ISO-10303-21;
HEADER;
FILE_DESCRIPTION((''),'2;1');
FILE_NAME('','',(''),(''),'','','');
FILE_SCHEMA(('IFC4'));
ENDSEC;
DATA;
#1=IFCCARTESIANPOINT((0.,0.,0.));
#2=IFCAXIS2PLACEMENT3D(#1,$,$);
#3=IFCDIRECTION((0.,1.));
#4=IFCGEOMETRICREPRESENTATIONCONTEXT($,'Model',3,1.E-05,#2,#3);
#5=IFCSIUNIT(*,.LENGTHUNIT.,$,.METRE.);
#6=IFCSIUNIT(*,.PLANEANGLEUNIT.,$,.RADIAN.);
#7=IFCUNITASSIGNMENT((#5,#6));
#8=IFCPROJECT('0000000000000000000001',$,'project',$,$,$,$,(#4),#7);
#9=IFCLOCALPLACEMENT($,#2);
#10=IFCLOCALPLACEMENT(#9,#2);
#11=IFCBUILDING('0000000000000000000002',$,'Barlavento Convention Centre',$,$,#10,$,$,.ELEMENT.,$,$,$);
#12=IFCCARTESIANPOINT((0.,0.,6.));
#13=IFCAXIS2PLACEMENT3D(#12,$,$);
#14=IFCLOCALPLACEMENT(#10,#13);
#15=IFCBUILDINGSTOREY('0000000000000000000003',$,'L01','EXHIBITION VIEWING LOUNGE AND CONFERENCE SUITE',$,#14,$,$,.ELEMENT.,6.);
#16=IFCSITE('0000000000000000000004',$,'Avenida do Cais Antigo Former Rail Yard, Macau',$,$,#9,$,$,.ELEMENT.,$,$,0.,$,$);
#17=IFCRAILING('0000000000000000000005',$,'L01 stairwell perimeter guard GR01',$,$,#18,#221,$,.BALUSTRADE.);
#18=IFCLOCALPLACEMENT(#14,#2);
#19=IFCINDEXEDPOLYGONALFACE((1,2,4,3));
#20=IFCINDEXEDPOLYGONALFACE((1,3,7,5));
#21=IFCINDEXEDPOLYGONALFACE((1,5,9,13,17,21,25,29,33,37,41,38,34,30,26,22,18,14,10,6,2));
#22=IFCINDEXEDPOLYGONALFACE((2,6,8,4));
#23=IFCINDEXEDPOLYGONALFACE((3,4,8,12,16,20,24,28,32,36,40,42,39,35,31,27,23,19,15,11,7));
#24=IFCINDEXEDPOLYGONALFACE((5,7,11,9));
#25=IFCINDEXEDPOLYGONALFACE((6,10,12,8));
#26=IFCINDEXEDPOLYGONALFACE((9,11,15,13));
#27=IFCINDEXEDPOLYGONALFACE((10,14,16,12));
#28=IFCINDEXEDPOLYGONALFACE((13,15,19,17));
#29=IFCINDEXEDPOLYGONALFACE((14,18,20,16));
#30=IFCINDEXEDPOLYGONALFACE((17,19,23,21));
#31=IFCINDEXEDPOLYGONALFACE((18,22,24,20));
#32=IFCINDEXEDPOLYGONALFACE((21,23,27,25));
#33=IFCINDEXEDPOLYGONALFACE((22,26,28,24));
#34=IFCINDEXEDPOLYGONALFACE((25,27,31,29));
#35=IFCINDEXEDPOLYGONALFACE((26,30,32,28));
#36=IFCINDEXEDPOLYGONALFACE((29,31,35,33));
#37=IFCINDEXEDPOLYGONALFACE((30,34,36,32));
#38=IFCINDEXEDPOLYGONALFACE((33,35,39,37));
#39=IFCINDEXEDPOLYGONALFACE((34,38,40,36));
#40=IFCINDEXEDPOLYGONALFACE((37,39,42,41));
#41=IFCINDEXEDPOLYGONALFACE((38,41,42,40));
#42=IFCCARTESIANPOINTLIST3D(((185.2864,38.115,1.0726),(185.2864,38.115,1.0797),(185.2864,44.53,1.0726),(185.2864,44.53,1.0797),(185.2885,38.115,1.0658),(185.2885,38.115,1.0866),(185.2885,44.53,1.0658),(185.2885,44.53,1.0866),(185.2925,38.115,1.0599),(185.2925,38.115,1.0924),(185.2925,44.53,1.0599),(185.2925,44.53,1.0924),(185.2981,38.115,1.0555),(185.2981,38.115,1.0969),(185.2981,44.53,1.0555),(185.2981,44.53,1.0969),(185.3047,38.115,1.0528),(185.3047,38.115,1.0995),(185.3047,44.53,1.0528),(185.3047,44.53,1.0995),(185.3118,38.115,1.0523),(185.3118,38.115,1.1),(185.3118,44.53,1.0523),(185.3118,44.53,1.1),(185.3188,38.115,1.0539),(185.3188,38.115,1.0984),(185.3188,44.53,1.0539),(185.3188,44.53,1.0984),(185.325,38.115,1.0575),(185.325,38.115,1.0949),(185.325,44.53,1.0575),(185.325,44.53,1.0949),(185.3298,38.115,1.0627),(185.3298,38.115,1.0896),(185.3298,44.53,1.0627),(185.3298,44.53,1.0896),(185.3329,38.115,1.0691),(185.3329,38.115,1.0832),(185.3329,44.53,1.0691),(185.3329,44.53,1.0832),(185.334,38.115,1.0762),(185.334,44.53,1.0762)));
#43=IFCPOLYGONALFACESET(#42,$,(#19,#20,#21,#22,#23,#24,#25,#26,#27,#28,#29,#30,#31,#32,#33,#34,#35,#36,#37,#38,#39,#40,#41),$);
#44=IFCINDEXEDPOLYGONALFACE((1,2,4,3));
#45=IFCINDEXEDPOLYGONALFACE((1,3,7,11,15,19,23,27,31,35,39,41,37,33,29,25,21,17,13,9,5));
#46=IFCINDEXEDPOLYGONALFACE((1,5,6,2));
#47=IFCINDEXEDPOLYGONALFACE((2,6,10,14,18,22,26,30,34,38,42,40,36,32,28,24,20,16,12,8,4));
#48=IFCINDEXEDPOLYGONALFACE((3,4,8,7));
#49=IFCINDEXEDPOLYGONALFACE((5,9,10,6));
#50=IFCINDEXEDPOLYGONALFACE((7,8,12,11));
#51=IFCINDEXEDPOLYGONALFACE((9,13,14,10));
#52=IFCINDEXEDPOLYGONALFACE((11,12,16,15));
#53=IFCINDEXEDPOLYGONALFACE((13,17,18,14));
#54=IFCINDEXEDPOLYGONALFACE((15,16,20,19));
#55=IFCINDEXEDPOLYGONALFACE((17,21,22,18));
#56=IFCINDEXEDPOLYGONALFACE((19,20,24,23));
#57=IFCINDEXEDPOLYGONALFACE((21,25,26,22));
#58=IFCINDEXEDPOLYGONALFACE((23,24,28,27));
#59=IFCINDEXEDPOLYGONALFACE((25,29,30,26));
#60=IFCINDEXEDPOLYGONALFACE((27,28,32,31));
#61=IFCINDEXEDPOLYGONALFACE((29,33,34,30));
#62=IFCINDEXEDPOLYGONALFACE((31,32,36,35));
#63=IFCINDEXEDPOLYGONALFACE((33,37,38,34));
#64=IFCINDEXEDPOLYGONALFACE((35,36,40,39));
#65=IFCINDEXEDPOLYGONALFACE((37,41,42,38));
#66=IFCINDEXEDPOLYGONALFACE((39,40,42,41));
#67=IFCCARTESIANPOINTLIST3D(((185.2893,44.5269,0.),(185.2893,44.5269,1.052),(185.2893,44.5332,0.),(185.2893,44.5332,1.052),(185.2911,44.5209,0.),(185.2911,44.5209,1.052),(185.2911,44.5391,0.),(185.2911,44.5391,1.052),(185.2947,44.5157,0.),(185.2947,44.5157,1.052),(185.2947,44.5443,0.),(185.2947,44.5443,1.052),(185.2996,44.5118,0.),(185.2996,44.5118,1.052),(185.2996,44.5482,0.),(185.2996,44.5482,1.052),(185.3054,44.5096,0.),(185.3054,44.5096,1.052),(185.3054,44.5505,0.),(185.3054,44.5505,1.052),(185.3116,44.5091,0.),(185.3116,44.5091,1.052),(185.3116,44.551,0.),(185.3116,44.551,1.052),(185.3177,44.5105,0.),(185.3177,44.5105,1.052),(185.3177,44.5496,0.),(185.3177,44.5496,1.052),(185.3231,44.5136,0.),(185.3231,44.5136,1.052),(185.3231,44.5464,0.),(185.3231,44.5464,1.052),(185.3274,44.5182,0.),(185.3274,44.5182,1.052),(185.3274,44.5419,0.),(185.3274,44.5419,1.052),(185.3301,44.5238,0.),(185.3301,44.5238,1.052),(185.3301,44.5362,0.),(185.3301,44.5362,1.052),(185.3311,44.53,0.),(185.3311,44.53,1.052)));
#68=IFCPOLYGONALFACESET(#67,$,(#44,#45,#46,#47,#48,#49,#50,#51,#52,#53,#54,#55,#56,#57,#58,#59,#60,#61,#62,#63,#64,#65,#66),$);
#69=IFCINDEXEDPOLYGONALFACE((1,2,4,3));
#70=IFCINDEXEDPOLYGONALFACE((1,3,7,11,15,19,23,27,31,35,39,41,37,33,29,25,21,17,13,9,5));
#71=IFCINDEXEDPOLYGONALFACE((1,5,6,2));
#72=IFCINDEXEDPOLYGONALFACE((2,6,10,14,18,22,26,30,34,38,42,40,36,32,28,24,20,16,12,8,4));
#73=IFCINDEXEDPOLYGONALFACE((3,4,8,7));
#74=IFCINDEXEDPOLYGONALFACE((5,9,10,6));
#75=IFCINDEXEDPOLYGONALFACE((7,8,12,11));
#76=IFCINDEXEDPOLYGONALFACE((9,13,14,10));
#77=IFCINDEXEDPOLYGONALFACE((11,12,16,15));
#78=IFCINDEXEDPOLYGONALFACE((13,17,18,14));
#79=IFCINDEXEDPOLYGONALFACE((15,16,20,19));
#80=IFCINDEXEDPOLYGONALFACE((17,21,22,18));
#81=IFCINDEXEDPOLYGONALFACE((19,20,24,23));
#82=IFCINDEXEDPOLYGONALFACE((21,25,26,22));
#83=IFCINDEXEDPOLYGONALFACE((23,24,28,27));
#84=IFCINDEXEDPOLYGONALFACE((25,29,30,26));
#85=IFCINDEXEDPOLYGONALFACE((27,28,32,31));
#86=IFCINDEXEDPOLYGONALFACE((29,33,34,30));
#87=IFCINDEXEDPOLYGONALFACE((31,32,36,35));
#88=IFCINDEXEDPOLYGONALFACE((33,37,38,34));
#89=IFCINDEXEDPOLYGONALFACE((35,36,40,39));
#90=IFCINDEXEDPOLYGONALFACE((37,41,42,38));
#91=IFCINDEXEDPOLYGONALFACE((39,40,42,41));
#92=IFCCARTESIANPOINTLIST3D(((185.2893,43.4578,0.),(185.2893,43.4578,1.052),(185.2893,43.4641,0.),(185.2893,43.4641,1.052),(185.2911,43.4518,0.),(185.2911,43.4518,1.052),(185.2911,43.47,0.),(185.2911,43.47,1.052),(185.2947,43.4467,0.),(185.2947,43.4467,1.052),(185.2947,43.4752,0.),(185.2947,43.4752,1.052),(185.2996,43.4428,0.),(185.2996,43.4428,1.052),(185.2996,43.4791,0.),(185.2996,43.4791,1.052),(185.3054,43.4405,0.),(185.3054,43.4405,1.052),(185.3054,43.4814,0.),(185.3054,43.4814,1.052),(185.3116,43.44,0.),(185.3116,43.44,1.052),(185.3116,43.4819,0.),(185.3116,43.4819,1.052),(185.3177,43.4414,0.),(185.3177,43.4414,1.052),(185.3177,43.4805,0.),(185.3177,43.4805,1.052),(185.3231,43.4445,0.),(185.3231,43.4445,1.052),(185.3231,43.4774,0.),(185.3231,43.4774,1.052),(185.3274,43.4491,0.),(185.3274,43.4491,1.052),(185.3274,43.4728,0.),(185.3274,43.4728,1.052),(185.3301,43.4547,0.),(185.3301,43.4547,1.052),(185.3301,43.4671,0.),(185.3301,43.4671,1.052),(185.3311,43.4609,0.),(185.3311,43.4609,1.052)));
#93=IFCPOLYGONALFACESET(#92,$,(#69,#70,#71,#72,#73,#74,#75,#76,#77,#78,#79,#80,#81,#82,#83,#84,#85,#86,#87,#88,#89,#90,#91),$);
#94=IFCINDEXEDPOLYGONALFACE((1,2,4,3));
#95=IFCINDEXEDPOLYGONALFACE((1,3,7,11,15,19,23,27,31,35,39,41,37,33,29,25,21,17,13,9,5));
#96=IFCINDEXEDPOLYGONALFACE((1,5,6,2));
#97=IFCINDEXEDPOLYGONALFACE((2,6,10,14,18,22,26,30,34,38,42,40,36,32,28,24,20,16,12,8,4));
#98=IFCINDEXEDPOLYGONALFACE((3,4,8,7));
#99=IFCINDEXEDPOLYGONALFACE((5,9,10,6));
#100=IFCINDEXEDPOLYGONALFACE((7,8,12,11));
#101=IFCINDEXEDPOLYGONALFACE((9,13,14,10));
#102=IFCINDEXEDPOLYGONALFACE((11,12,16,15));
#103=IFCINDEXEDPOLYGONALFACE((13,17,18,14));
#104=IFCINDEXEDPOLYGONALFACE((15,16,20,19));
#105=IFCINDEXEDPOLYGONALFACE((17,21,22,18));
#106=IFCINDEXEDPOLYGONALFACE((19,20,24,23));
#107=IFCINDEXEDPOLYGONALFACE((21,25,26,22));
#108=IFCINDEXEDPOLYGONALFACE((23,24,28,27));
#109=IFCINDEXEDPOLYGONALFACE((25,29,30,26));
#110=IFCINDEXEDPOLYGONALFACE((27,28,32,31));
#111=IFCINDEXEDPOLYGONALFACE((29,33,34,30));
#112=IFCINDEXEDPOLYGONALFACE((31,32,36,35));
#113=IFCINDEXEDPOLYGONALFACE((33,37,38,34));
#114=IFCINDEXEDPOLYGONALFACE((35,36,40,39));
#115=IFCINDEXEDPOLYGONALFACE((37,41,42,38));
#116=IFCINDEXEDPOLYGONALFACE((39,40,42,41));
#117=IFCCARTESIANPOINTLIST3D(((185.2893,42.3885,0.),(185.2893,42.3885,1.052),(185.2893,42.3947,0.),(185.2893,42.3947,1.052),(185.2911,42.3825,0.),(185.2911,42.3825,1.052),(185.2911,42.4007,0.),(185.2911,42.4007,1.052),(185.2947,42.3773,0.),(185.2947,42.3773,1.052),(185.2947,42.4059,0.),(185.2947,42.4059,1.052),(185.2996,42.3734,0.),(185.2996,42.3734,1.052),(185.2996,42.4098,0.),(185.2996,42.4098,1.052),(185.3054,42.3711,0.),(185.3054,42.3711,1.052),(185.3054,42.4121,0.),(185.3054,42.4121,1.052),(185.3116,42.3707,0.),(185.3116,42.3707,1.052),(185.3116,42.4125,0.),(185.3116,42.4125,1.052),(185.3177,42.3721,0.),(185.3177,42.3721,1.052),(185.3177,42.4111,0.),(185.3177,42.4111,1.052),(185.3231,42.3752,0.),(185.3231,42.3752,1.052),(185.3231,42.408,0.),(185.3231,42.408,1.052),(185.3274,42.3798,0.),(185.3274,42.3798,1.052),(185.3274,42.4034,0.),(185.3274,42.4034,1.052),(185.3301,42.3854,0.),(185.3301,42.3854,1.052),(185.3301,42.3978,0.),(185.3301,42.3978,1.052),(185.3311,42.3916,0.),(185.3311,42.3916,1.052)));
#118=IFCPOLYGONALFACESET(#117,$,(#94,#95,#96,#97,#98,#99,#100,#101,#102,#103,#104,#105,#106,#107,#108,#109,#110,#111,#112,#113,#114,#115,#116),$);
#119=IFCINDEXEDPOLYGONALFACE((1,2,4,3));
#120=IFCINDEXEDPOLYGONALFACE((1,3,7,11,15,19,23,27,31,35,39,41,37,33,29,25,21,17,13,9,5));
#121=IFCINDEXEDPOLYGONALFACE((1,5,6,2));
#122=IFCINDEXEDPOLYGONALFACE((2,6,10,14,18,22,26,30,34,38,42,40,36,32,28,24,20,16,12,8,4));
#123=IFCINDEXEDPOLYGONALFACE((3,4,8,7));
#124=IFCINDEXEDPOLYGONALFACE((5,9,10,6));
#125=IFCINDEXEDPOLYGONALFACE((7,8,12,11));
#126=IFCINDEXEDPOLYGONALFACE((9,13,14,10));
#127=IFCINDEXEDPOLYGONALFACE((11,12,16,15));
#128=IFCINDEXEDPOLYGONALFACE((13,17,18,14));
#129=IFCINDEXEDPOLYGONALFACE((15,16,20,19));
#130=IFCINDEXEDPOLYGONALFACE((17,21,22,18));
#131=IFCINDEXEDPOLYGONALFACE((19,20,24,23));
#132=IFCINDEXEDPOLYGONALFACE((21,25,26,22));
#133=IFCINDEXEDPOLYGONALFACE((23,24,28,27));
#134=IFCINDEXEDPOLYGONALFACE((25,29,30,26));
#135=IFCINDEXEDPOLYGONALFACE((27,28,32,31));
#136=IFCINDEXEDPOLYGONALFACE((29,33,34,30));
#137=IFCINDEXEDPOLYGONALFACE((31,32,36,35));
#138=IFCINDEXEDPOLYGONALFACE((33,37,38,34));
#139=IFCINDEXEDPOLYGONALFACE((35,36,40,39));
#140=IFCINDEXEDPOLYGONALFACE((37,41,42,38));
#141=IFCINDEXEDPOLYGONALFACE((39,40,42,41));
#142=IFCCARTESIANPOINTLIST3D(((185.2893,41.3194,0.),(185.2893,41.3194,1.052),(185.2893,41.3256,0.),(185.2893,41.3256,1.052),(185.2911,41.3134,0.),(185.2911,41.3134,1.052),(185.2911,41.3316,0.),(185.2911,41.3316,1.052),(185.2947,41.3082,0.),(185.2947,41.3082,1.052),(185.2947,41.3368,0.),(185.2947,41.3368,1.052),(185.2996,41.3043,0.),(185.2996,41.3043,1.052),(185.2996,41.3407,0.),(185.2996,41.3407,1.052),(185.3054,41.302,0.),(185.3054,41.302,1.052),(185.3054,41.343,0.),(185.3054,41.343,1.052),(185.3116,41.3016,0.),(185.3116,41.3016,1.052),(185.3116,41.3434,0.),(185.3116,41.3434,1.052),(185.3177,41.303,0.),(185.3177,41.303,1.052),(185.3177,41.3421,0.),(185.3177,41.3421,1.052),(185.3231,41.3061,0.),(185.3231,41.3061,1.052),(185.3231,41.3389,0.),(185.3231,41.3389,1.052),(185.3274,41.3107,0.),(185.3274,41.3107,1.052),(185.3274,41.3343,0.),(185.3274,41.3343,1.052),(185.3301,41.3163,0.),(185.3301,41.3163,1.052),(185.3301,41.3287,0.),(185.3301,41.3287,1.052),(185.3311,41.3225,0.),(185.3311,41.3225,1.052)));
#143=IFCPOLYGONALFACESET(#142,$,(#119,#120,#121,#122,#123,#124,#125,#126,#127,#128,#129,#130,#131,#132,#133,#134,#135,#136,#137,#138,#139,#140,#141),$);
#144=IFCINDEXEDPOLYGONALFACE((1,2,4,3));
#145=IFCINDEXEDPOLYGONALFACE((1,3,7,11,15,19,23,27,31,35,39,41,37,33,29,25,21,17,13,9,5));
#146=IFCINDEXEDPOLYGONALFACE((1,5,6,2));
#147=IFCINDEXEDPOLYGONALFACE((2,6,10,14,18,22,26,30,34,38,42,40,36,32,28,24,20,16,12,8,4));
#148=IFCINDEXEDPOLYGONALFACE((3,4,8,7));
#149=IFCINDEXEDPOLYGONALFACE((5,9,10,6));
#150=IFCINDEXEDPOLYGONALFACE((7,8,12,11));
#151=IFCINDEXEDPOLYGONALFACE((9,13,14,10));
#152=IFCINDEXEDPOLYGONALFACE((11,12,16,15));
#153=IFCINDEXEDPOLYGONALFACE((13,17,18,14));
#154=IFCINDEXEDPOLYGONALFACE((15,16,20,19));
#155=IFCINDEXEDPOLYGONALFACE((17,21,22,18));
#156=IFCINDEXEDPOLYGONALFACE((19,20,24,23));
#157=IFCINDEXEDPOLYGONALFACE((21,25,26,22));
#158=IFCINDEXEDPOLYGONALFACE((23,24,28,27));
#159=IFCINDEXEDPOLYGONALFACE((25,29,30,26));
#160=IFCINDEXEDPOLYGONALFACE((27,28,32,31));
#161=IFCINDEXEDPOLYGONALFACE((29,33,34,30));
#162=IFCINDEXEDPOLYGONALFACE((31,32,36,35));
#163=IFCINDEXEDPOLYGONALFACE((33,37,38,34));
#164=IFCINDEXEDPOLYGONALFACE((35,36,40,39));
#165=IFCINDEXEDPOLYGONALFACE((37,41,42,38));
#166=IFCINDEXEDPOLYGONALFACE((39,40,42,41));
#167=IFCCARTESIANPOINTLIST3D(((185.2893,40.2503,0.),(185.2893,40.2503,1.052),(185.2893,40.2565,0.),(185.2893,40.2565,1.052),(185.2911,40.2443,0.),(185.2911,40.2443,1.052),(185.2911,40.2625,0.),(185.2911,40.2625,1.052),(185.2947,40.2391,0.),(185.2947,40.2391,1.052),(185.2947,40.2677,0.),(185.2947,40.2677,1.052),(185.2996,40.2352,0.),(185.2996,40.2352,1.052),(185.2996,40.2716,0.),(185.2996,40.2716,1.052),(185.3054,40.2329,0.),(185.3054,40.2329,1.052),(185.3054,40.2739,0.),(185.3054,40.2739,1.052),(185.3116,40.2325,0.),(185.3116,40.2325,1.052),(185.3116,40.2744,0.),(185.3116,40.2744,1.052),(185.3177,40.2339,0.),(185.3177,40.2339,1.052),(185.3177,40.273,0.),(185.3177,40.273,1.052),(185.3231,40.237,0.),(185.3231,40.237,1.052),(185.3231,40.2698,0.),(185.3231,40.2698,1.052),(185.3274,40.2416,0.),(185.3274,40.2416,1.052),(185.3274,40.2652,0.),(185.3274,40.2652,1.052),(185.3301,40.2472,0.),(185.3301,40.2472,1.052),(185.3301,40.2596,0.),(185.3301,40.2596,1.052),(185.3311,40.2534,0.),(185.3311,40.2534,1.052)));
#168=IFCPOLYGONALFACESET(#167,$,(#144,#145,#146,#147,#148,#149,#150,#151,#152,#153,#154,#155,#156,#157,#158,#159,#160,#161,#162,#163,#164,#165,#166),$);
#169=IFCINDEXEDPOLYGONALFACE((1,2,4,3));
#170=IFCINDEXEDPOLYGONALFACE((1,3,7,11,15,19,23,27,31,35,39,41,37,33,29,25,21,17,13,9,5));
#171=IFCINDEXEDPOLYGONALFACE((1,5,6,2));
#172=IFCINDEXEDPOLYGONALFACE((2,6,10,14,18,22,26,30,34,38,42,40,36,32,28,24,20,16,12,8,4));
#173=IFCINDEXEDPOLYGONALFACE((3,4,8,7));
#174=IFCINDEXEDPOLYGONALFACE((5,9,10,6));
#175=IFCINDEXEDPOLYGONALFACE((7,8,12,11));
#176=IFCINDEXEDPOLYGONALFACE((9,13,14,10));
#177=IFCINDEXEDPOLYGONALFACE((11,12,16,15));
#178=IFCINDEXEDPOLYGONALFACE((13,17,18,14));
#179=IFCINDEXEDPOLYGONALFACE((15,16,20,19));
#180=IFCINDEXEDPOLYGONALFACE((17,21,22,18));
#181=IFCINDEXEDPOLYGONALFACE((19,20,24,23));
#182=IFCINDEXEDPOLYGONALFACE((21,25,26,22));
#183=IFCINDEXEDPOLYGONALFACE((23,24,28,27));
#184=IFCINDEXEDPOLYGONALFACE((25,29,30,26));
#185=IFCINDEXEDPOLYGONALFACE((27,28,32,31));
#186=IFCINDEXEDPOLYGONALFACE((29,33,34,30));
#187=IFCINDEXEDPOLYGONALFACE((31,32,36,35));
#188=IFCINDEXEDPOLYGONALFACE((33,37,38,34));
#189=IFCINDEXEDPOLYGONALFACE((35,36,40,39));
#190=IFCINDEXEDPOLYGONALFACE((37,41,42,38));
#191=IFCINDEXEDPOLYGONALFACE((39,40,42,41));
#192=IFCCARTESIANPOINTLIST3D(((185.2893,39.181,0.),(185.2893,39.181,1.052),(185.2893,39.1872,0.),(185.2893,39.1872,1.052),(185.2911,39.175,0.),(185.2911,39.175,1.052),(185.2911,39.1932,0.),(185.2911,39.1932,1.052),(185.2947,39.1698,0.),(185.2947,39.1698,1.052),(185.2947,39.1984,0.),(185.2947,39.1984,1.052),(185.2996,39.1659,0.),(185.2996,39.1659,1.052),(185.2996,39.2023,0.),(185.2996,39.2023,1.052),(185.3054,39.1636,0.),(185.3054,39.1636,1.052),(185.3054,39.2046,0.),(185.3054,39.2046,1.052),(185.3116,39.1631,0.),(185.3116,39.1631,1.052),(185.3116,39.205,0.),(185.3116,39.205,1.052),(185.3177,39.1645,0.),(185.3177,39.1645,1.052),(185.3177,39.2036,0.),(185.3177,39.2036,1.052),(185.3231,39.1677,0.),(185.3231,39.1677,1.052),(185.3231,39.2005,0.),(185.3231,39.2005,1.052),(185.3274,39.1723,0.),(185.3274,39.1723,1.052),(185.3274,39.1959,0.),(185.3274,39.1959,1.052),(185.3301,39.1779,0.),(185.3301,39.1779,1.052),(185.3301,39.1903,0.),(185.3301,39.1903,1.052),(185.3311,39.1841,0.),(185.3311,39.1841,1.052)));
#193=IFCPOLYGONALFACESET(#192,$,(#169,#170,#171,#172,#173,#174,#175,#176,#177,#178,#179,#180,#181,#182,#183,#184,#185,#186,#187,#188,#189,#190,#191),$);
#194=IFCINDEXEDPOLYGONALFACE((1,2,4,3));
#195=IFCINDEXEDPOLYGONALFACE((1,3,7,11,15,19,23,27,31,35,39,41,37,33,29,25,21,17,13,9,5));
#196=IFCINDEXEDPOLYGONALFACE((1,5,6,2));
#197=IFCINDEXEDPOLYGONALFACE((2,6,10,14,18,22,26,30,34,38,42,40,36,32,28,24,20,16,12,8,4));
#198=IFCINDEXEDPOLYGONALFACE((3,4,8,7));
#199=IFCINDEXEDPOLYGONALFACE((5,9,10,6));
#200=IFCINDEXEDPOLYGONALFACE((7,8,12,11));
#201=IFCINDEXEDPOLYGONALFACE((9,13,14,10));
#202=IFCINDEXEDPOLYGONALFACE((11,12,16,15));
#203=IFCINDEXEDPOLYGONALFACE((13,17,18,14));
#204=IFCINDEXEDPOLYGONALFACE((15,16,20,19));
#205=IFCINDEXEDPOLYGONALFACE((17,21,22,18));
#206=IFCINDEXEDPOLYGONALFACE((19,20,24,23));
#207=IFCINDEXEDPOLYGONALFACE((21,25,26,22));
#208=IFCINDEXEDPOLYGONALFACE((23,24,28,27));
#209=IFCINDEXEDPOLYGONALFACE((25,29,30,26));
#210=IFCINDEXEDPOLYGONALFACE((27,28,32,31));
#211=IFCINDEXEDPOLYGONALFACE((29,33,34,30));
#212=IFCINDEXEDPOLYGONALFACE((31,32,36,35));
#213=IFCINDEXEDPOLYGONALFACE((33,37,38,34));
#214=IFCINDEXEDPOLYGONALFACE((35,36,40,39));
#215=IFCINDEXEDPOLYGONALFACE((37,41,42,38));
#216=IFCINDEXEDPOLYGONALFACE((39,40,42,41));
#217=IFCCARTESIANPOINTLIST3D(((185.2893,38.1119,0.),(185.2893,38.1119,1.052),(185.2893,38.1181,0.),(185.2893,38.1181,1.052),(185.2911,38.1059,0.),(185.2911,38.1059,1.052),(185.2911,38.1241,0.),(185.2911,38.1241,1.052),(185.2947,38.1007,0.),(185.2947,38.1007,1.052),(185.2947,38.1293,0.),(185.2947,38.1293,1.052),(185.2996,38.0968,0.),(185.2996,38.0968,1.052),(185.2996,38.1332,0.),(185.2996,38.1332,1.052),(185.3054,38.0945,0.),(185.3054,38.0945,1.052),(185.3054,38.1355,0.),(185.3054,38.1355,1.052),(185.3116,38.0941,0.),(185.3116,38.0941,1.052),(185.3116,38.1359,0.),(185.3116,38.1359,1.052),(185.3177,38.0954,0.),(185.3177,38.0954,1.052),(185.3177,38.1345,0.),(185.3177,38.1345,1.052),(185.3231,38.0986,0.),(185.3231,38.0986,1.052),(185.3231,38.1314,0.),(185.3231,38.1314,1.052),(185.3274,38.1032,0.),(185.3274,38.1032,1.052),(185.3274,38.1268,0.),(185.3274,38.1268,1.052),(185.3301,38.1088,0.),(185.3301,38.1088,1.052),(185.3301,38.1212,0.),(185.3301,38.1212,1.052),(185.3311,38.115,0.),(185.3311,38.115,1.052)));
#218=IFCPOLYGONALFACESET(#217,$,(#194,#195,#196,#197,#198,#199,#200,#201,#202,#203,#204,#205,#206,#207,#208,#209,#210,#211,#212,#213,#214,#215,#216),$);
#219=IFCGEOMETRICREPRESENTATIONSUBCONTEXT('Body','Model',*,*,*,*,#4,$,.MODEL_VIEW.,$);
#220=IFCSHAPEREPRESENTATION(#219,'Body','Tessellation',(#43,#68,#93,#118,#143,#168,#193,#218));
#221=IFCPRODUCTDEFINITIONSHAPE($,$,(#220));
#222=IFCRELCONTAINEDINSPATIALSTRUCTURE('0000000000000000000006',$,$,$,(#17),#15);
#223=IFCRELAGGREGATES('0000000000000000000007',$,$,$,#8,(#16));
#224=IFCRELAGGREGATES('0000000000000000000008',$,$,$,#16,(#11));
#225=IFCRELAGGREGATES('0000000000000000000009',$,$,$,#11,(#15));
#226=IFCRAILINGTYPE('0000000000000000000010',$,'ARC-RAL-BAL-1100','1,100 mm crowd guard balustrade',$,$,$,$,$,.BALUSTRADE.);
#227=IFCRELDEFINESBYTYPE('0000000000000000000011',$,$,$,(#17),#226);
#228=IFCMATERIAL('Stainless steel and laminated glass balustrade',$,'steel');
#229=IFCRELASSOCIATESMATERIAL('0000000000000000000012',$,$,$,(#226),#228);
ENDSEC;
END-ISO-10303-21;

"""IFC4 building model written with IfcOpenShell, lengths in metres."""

from ifc_helpers import new_model, si_unit, direction, frame, origin, origin_2d, place, context, subcontext, project, spatial, circle, extrude, material, type_object, element, save


model = new_model("IFC4")

# Units and contexts
model_context = context("Model", 3, precision=1e-05, world=origin(), true_north=direction((0.0, 1.0)))
body_context = subcontext(model_context, "Body", "Model", "MODEL_VIEW")
ifc_project = project(units=[si_unit("LENGTHUNIT", "METRE"), si_unit("PLANEANGLEUNIT", "RADIAN")], contexts=[model_context])

# Site, building, storey
site_placement = place(None, origin())
site = spatial("IfcSite", under=ifc_project, at=site_placement, Name="Avenida do Cais Antigo Former Rail Yard, Macau", CompositionType="ELEMENT", RefElevation=0.0)
building_placement = place(site_placement, origin())
building = spatial("IfcBuilding", under=site, at=building_placement, Name="Barlavento Convention Centre", CompositionType="ELEMENT")
storey_placement = place(building_placement, frame((0.0, 0.0, 6.0)))
storey = spatial("IfcBuildingStorey", under=building, at=storey_placement, Name="L01", Description="EXHIBITION VIEWING LOUNGE AND CONFERENCE SUITE", CompositionType="ELEMENT", Elevation=6.0)

# Railing
ifc_material_1 = material(Name="Stainless steel and laminated glass balustrade", Category="steel")
railing_type_1 = type_object("IfcRailingType", Name="ARC-RAL-BAL-1100", Description="1,100 mm crowd guard balustrade", PredefinedType="BALUSTRADE", material=ifc_material_1)
railing_1_placement = place(storey_placement, frame((185.3101, 44.53, 0.0)))
element("IfcRailing", 1, at=railing_1_placement, inside=storey, type_object=railing_type_1, Name="L01 stairwell perimeter guard GR01", PredefinedType="BALUSTRADE", context=body_context, shape_type="SweptSolid", body=[
    extrude(circle(Radius=0.0239, at=origin_2d()), frame((0.0, 0.0, 1.0762), z_axis=(0.0, -1.0, 0.0), x_axis=(1.0, 0.0, 0.0)), (0.0, 0.0, 1.0), 6.415),
    extrude(circle(Radius=0.021, at=origin_2d()), origin(), (0.0, 0.0, 1.0), 1.052),
    extrude(circle(Radius=0.021, at=origin_2d()), frame((0.0, -1.0691, 0.0)), (0.0, 0.0, 1.0), 1.052),
    extrude(circle(Radius=0.021, at=origin_2d()), frame((0.0, -2.1384, 0.0)), (0.0, 0.0, 1.0), 1.052),
    extrude(circle(Radius=0.021, at=origin_2d()), frame((0.0, -3.2075, 0.0)), (0.0, 0.0, 1.0), 1.052),
    extrude(circle(Radius=0.021, at=origin_2d()), frame((0.0, -4.2766, 0.0)), (0.0, 0.0, 1.0), 1.052),
    extrude(circle(Radius=0.021, at=origin_2d()), frame((0.0, -5.3459, 0.0)), (0.0, 0.0, 1.0), 1.052),
    extrude(circle(Radius=0.021, at=origin_2d()), frame((0.0, -6.415, 0.0)), (0.0, 0.0, 1.0), 1.052),
])

save(model, "model.ifc")
